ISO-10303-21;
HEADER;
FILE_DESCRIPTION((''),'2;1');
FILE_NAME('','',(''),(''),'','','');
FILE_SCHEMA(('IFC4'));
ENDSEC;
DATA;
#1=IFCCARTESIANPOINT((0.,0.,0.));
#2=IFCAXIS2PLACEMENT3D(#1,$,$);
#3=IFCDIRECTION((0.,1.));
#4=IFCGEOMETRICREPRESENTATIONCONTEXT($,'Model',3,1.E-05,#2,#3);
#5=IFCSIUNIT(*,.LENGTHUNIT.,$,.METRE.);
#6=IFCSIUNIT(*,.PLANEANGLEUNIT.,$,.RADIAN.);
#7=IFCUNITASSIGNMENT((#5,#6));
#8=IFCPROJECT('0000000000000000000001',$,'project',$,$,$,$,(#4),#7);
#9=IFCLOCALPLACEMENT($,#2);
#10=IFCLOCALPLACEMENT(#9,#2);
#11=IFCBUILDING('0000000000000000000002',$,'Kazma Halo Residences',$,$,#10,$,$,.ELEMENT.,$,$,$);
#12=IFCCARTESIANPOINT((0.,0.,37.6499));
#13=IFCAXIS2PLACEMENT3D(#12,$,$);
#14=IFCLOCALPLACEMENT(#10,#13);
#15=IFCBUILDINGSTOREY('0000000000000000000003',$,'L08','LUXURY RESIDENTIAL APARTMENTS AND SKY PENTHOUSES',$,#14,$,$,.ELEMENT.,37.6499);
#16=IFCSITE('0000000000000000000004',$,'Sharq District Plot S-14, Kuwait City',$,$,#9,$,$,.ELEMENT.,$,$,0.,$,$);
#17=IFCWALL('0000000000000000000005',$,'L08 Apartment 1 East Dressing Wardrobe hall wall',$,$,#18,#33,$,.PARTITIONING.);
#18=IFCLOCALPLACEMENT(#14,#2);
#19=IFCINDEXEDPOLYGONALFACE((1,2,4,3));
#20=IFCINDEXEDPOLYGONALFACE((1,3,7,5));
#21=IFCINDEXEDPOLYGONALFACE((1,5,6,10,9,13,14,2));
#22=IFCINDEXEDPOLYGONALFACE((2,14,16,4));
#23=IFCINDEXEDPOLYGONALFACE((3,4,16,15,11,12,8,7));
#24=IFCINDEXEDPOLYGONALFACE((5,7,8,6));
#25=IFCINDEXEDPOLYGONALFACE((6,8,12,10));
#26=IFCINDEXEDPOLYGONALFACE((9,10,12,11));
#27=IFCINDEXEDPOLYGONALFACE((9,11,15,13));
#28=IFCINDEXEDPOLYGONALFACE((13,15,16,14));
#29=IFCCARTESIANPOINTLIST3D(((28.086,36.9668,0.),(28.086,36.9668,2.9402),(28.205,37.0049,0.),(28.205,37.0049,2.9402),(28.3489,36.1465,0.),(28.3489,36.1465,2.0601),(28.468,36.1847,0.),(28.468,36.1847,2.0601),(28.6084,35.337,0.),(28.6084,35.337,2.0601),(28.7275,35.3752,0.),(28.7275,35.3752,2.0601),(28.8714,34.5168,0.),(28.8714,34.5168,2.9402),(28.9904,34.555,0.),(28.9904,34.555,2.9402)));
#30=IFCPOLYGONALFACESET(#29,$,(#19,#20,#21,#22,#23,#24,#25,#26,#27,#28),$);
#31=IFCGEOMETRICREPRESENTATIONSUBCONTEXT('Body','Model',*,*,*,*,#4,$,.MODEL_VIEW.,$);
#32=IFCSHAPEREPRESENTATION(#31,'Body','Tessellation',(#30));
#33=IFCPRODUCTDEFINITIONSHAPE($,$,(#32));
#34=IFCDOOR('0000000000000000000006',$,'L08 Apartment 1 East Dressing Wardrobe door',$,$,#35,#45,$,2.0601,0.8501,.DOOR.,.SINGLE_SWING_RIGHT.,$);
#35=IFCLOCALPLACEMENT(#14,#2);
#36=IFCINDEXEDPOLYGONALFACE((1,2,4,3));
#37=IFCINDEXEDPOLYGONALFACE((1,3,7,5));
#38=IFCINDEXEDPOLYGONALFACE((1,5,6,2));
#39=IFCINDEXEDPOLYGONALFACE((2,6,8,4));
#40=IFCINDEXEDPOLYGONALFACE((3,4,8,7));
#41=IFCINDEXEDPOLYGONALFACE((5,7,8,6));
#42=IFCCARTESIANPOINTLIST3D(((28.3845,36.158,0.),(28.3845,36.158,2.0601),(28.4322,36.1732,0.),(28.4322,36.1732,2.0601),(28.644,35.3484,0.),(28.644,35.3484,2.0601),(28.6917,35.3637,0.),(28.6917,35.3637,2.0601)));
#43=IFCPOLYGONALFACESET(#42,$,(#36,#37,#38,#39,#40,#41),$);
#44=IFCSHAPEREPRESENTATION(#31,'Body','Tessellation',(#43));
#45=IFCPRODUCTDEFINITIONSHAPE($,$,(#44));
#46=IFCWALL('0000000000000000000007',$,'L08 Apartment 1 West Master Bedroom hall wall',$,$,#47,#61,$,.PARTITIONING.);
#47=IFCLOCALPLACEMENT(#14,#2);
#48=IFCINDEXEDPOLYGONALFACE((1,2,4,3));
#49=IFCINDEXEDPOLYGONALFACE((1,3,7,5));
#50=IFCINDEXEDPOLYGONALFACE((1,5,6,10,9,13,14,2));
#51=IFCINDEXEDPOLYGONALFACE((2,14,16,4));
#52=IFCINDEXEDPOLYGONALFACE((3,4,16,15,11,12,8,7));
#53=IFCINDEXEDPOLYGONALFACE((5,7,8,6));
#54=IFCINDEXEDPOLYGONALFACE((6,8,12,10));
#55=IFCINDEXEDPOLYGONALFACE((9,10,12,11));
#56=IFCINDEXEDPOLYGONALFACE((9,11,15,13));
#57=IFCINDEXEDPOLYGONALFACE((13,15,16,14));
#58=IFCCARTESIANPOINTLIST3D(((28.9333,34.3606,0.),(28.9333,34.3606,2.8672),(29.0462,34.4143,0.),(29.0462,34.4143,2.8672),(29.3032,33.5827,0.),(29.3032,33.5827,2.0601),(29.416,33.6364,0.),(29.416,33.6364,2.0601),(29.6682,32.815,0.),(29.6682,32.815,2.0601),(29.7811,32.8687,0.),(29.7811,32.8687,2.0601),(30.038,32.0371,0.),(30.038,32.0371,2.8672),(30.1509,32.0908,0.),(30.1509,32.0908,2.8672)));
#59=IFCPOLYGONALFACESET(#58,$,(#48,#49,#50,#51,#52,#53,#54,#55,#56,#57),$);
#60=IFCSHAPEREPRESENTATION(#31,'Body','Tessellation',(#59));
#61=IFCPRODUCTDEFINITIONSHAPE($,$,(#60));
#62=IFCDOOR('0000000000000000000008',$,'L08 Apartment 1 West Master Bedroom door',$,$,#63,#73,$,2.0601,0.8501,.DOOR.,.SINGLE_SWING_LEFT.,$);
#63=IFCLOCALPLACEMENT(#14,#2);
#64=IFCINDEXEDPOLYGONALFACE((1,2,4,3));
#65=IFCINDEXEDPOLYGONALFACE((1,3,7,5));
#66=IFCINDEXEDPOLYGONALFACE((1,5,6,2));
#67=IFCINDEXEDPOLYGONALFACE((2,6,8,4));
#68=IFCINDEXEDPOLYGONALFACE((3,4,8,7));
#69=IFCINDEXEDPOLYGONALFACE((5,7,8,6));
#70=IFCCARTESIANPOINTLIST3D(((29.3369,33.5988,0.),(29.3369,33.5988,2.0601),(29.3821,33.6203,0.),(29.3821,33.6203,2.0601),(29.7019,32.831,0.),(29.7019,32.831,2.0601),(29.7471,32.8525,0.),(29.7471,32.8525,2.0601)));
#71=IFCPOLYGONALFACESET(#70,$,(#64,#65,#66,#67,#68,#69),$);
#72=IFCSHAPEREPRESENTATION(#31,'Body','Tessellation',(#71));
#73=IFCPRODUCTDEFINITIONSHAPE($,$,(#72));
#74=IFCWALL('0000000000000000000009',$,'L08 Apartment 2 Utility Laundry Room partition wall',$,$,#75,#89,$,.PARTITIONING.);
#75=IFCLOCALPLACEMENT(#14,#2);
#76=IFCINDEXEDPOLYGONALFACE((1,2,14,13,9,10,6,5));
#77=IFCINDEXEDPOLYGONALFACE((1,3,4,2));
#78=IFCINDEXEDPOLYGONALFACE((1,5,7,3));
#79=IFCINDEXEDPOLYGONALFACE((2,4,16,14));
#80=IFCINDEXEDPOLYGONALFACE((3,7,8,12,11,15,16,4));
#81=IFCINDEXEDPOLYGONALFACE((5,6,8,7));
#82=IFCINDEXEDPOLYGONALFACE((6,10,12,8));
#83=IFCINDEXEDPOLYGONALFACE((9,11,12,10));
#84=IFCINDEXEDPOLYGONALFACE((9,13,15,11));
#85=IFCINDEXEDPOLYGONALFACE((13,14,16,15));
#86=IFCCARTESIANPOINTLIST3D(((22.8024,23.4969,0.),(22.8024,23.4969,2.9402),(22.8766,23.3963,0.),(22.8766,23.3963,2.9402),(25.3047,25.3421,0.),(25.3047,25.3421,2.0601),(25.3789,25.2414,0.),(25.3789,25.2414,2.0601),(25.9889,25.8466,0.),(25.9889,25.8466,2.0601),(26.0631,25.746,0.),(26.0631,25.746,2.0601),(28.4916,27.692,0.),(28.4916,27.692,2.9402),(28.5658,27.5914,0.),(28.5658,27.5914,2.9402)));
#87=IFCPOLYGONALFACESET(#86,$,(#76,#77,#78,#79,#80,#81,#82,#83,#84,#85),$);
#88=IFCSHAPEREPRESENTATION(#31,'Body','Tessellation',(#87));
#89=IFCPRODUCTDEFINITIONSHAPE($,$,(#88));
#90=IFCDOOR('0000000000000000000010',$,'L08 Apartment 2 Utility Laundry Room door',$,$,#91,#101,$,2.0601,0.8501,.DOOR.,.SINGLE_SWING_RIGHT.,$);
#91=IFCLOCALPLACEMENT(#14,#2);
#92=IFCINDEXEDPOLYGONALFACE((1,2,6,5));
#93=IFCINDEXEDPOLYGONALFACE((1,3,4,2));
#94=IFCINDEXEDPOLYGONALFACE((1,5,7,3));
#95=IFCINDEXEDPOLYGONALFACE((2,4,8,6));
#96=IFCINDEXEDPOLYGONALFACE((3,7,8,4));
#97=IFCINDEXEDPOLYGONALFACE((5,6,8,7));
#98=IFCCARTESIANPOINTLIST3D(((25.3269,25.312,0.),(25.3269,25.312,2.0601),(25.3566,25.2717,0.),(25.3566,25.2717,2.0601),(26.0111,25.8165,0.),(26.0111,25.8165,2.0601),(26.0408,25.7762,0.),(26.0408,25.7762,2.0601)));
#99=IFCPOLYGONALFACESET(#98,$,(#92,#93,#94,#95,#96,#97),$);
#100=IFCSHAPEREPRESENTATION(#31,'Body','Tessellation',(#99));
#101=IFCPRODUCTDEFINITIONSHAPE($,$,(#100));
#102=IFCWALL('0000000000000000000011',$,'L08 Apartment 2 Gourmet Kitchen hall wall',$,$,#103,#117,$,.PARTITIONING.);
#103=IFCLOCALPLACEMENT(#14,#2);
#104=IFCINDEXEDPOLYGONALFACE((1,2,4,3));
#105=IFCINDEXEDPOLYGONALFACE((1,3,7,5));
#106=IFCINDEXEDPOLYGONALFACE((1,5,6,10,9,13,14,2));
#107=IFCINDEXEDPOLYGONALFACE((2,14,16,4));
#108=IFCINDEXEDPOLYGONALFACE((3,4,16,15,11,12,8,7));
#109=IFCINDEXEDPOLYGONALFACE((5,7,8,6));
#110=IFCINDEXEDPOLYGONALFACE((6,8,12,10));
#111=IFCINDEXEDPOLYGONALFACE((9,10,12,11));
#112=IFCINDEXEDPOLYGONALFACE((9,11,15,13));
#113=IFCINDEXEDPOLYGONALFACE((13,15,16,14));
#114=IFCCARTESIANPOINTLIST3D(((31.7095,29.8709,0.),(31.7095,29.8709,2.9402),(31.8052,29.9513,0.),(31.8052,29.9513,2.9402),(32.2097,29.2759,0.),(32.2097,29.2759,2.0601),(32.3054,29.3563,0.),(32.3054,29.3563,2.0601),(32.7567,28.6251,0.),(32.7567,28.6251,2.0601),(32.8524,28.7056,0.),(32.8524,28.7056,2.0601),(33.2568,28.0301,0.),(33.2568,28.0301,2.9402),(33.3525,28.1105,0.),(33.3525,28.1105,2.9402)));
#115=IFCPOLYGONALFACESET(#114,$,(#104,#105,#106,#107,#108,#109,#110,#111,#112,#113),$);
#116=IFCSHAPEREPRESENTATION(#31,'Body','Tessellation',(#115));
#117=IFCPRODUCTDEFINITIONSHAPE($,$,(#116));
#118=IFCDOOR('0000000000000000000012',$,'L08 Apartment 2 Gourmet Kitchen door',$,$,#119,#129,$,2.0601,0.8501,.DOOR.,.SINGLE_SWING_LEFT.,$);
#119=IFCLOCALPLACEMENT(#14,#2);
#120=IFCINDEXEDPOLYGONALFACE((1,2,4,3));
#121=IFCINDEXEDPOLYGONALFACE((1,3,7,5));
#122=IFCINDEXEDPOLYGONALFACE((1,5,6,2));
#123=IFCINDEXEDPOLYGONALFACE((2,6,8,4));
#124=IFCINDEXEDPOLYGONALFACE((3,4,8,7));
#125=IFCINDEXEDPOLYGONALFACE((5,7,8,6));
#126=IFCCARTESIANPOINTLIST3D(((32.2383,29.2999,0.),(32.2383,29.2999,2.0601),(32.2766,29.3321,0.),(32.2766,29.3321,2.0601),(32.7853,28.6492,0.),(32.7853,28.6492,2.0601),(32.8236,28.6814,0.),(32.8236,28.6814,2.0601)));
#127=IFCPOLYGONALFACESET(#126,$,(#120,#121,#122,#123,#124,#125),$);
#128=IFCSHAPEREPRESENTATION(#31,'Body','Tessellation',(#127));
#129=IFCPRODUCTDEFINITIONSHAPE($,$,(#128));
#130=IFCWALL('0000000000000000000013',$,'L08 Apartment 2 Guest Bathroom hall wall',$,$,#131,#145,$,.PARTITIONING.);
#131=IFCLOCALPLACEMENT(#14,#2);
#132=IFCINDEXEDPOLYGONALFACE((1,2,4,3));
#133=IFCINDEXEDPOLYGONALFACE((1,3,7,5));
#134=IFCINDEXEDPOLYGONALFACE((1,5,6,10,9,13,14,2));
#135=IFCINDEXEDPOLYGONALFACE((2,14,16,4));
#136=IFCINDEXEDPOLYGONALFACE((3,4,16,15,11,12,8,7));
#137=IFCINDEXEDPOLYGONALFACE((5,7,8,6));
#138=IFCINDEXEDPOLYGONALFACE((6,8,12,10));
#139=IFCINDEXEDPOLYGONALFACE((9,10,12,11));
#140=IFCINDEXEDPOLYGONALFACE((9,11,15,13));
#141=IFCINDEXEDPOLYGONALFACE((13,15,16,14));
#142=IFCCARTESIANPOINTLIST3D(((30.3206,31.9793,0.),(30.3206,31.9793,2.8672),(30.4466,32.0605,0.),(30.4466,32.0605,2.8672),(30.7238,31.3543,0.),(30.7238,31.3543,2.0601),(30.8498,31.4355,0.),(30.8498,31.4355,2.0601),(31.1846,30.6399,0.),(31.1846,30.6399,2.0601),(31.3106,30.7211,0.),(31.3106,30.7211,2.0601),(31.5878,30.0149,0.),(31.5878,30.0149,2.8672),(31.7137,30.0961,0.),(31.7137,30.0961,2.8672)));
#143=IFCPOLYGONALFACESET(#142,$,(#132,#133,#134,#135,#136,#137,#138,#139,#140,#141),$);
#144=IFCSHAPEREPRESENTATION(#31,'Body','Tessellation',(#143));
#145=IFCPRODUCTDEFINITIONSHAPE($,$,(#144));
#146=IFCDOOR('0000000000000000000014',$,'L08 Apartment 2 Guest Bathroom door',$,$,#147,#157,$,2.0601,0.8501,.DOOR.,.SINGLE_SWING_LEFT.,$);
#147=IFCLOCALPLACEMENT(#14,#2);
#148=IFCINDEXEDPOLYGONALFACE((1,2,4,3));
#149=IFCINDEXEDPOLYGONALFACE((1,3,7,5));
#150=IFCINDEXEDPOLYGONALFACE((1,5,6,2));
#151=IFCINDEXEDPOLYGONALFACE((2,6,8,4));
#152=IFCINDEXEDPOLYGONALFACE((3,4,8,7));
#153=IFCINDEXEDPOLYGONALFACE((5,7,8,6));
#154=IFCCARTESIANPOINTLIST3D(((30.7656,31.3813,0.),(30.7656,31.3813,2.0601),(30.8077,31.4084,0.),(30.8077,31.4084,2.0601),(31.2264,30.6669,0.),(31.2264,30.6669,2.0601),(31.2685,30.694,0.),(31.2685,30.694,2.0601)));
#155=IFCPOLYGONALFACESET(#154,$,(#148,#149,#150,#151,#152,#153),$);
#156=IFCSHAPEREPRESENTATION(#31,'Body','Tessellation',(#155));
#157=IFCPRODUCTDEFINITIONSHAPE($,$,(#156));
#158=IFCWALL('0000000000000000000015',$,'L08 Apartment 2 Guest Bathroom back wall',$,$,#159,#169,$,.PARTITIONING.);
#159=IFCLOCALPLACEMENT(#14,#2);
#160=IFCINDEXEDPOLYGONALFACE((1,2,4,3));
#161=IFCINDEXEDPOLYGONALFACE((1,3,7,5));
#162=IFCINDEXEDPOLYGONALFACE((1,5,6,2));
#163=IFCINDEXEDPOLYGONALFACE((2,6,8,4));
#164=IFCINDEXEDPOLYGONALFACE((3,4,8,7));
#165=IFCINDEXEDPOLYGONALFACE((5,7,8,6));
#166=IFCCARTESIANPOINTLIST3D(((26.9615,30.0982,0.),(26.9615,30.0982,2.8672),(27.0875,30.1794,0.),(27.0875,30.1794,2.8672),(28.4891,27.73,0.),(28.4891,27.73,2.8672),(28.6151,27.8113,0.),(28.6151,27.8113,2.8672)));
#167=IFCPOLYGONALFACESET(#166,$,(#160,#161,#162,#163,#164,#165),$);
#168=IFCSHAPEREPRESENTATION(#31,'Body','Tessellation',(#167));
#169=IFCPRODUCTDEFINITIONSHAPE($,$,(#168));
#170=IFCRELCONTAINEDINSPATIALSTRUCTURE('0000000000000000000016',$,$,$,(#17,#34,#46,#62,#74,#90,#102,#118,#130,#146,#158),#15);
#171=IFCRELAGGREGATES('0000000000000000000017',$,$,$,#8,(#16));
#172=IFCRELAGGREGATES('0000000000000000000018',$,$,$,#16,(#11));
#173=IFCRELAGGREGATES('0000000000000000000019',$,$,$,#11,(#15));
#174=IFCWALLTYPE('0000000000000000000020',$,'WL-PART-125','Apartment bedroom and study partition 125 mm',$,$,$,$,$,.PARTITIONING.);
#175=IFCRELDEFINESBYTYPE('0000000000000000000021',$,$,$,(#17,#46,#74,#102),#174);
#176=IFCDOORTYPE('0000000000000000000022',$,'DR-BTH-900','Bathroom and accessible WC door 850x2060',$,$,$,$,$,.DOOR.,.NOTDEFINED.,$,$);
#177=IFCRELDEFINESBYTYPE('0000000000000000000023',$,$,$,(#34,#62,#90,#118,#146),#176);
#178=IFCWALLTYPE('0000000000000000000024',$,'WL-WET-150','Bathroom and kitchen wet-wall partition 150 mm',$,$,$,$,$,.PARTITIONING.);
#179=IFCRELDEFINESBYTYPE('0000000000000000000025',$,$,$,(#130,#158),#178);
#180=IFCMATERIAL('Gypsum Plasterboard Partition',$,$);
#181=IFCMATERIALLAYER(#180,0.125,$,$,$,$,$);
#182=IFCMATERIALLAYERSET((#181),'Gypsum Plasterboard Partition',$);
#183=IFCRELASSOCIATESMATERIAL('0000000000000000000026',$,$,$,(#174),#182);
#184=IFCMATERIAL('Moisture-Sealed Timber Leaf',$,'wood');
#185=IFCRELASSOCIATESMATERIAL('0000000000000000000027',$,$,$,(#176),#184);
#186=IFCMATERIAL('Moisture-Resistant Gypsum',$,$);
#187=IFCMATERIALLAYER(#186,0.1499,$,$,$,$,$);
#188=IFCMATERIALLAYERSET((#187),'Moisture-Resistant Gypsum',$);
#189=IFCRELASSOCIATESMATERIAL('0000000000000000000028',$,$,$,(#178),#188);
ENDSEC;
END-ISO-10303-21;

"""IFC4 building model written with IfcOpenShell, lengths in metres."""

from ifc_helpers import new_model, si_unit, direction, frame, frame_2d, origin, place, context, subcontext, project, spatial, rectangle, extrude, material, layer, layer_set, type_object, element, fill, save


model = new_model("IFC4")

# Units and contexts
model_context = context("Model", 3, precision=1e-05, world=origin(), true_north=direction((0.0, 1.0)))
body_context = subcontext(model_context, "Body", "Model", "MODEL_VIEW")
ifc_project = project(units=[si_unit("LENGTHUNIT", "METRE"), si_unit("PLANEANGLEUNIT", "RADIAN")], contexts=[model_context])

# Site, building, storey
site_placement = place(None, origin())
site = spatial("IfcSite", under=ifc_project, at=site_placement, Name="Sharq District Plot S-14, Kuwait City", CompositionType="ELEMENT", RefElevation=0.0)
building_placement = place(site_placement, origin())
building = spatial("IfcBuilding", under=site, at=building_placement, Name="Kazma Halo Residences", CompositionType="ELEMENT")
storey_placement = place(building_placement, frame((0.0, 0.0, 37.6499)))
storey = spatial("IfcBuildingStorey", under=building, at=storey_placement, Name="L08", Description="LUXURY RESIDENTIAL APARTMENTS AND SKY PENTHOUSES", CompositionType="ELEMENT", Elevation=37.6499)

# Shared definitions
ifc_material_1 = material(Name="Gypsum Plasterboard Partition")
ifc_layer_1 = layer(ifc_material_1, 0.125)
ifc_layer_set_1 = layer_set([ifc_layer_1], Name="Gypsum Plasterboard Partition")
wall_type_1 = type_object("IfcWallType", Name="WL-PART-125", Description="Apartment bedroom and study partition 125 mm", PredefinedType="PARTITIONING", material=ifc_layer_set_1)

# Walls, openings, doors
wall_1_placement = place(storey_placement, frame((28.1455, 36.9858, 0.0), z_axis=(0.0, 0.0, 1.0), x_axis=(0.305275, -0.952264, 0.0)))
wall_1 = element("IfcWall", 1, at=wall_1_placement, inside=storey, type_object=wall_type_1, Name="L08 Apartment 1 East Dressing Wardrobe hall wall", PredefinedType="PARTITIONING", context=body_context, shape_type="SweptSolid", body=[
    extrude(rectangle(XDim=2.5728, YDim=0.125, at=frame_2d((1.2864, 0.0))), origin(), (0.0, 0.0, 1.0), 2.9402),
])
opening_1_placement = place(wall_1_placement, frame((0.8613, 0.0, 0.0)))
opening_1 = element("IfcOpeningElement", 2, at=opening_1_placement, cuts=wall_1, PredefinedType="OPENING", context=body_context, shape_type="SweptSolid", body=[
    extrude(rectangle(XDim=0.8501, YDim=2.0601, at=frame_2d((0.425, 1.03))), frame((0.0, 0.0725, 0.0), z_axis=(0.0, -1.0, 0.0), x_axis=(1.0, 0.0, 0.0)), (0.0, 0.0, 1.0), 0.145),
])
ifc_material_2 = material(Name="Moisture-Sealed Timber Leaf", Category="wood")
door_type = type_object("IfcDoorType", Name="DR-BTH-900", Description="Bathroom and accessible WC door 850x2060", OperationType="NOTDEFINED", PredefinedType="DOOR", material=ifc_material_2)
door_1_placement = place(opening_1_placement, origin())
door_1 = element("IfcDoor", 3, at=door_1_placement, inside=storey, type_object=door_type, Name="L08 Apartment 1 East Dressing Wardrobe door", OperationType="SINGLE_SWING_RIGHT", OverallHeight=2.0601, OverallWidth=0.8501, PredefinedType="DOOR", context=body_context, shape_type="SweptSolid", body=[
    extrude(rectangle(XDim=0.8501, YDim=2.0601, at=frame_2d((0.425, 1.03))), frame((0.0, 0.0249, 0.0), z_axis=(0.0, -1.0, 0.0), x_axis=(1.0, 0.0, 0.0)), (0.0, 0.0, 1.0), 0.05),
])
fill(opening_1, door_1)
wall_2_placement = place(storey_placement, frame((28.9897, 34.3875, 0.0), z_axis=(0.0, 0.0, 1.0), x_axis=(0.429399, -0.903115, 0.0)))
wall_2 = element("IfcWall", 4, at=wall_2_placement, inside=storey, type_object=wall_type_1, Name="L08 Apartment 1 West Master Bedroom hall wall", PredefinedType="PARTITIONING", context=body_context, shape_type="SweptSolid", body=[
    extrude(rectangle(XDim=2.5728, YDim=0.125, at=frame_2d((1.2864, 0.0))), origin(), (0.0, 0.0, 1.0), 2.8672),
])
opening_2_placement = place(wall_2_placement, frame((0.8613, 0.0, 0.0)))
opening_2 = element("IfcOpeningElement", 5, at=opening_2_placement, cuts=wall_2, PredefinedType="OPENING", context=body_context, shape_type="SweptSolid", body=[
    extrude(rectangle(XDim=0.8501, YDim=2.0601, at=frame_2d((0.425, 1.03))), frame((0.0, 0.0725, 0.0), z_axis=(0.0, -1.0, 0.0), x_axis=(1.0, 0.0, 0.0)), (0.0, 0.0, 1.0), 0.145),
])
door_2_placement = place(opening_2_placement, origin())
door_2 = element("IfcDoor", 6, at=door_2_placement, inside=storey, type_object=door_type, Name="L08 Apartment 1 West Master Bedroom door", OperationType="SINGLE_SWING_LEFT", OverallHeight=2.0601, OverallWidth=0.8501, PredefinedType="DOOR", context=body_context, shape_type="SweptSolid", body=[
    extrude(rectangle(XDim=0.8501, YDim=2.0601, at=frame_2d((0.425, 1.03))), frame((0.0, 0.0249, 0.0), z_axis=(0.0, -1.0, 0.0), x_axis=(1.0, 0.0, 0.0)), (0.0, 0.0, 1.0), 0.05),
])
fill(opening_2, door_2)
wall_3_placement = place(storey_placement, frame((28.5286, 27.6416, 0.0), z_axis=(0.0, 0.0, 1.0), x_axis=(-0.804852, -0.593476, 0.0)))
wall_3 = element("IfcWall", 7, at=wall_3_placement, inside=storey, type_object=wall_type_1, Name="L08 Apartment 2 Utility Laundry Room partition wall", PredefinedType="PARTITIONING", context=body_context, shape_type="SweptSolid", body=[
    extrude(rectangle(XDim=7.0686, YDim=0.125, at=frame_2d((3.5342, 0.0))), origin(), (0.0, 0.0, 1.0), 2.9402),
])
opening_3_placement = place(wall_3_placement, frame((3.1094, 0.0, 0.0)))
opening_3 = element("IfcOpeningElement", 8, at=opening_3_placement, cuts=wall_3, PredefinedType="OPENING", context=body_context, shape_type="SweptSolid", body=[
    extrude(rectangle(XDim=0.8501, YDim=2.0601, at=frame_2d((0.425, 1.03))), frame((0.0, 0.0725, 0.0), z_axis=(0.0, -1.0, 0.0), x_axis=(1.0, 0.0, 0.0)), (0.0, 0.0, 1.0), 0.145),
])
door_3_placement = place(opening_3_placement, origin())
door_3 = element("IfcDoor", 9, at=door_3_placement, inside=storey, type_object=door_type, Name="L08 Apartment 2 Utility Laundry Room door", OperationType="SINGLE_SWING_RIGHT", OverallHeight=2.0601, OverallWidth=0.8501, PredefinedType="DOOR", context=body_context, shape_type="SweptSolid", body=[
    extrude(rectangle(XDim=0.8501, YDim=2.0601, at=frame_2d((0.425, 1.03))), frame((0.0, 0.0249, 0.0), z_axis=(0.0, -1.0, 0.0), x_axis=(1.0, 0.0, 0.0)), (0.0, 0.0, 1.0), 0.05),
])
fill(opening_3, door_3)
wall_4_placement = place(storey_placement, frame((31.7573, 29.9111, 0.0), z_axis=(0.0, 0.0, 1.0), x_axis=(0.643454, -0.765485, 0.0)))
wall_4 = element("IfcWall", 10, at=wall_4_placement, inside=storey, type_object=wall_type_1, Name="L08 Apartment 2 Gourmet Kitchen hall wall", PredefinedType="PARTITIONING", context=body_context, shape_type="SweptSolid", body=[
    extrude(rectangle(XDim=2.4048, YDim=0.125, at=frame_2d((1.2024, 0.0))), origin(), (0.0, 0.0, 1.0), 2.9402),
])
opening_4_placement = place(wall_4_placement, frame((0.7773, 0.0, 0.0)))
opening_4 = element("IfcOpeningElement", 11, at=opening_4_placement, cuts=wall_4, PredefinedType="OPENING", context=body_context, shape_type="SweptSolid", body=[
    extrude(rectangle(XDim=0.8501, YDim=2.0601, at=frame_2d((0.425, 1.03))), frame((0.0, 0.0725, 0.0), z_axis=(0.0, -1.0, 0.0), x_axis=(1.0, 0.0, 0.0)), (0.0, 0.0, 1.0), 0.145),
])
door_4_placement = place(opening_4_placement, origin())
door_4 = element("IfcDoor", 12, at=door_4_placement, inside=storey, type_object=door_type, Name="L08 Apartment 2 Gourmet Kitchen door", OperationType="SINGLE_SWING_LEFT", OverallHeight=2.0601, OverallWidth=0.8501, PredefinedType="DOOR", context=body_context, shape_type="SweptSolid", body=[
    extrude(rectangle(XDim=0.8501, YDim=2.0601, at=frame_2d((0.425, 1.03))), frame((0.0, 0.0249, 0.0), z_axis=(0.0, -1.0, 0.0), x_axis=(1.0, 0.0, 0.0)), (0.0, 0.0, 1.0), 0.05),
])
fill(opening_4, door_4)
ifc_material_3 = material(Name="Moisture-Resistant Gypsum")
ifc_layer_2 = layer(ifc_material_3, 0.1499)
ifc_layer_set_2 = layer_set([ifc_layer_2], Name="Moisture-Resistant Gypsum")
wall_type_2 = type_object("IfcWallType", Name="WL-WET-150", Description="Bathroom and kitchen wet-wall partition 150 mm", PredefinedType="PARTITIONING", material=ifc_layer_set_2)
wall_5_placement = place(storey_placement, frame((30.3835, 32.02, 0.0), z_axis=(0.0, 0.0, 1.0), x_axis=(0.542056, -0.840343, 0.0)))
wall_5 = element("IfcWall", 13, at=wall_5_placement, inside=storey, type_object=wall_type_2, Name="L08 Apartment 2 Guest Bathroom hall wall", PredefinedType="PARTITIONING", context=body_context, shape_type="SweptSolid", body=[
    extrude(rectangle(XDim=2.3376, YDim=0.1499, at=frame_2d((1.1689, 0.0))), origin(), (0.0, 0.0, 1.0), 2.8672),
])
opening_5_placement = place(wall_5_placement, frame((0.7439, 0.0, 0.0)))
opening_5 = element("IfcOpeningElement", 14, at=opening_5_placement, cuts=wall_5, PredefinedType="OPENING", context=body_context, shape_type="SweptSolid", body=[
    extrude(rectangle(XDim=0.8501, YDim=2.0601, at=frame_2d((0.425, 1.03))), frame((0.0, 0.085, 0.0), z_axis=(0.0, -1.0, 0.0), x_axis=(1.0, 0.0, 0.0)), (0.0, 0.0, 1.0), 0.1699),
])
door_5_placement = place(opening_5_placement, origin())
door_5 = element("IfcDoor", 15, at=door_5_placement, inside=storey, type_object=door_type, Name="L08 Apartment 2 Guest Bathroom door", OperationType="SINGLE_SWING_LEFT", OverallHeight=2.0601, OverallWidth=0.8501, PredefinedType="DOOR", context=body_context, shape_type="SweptSolid", body=[
    extrude(rectangle(XDim=0.8501, YDim=2.0601, at=frame_2d((0.425, 1.03))), frame((0.0, 0.0249, 0.0), z_axis=(0.0, -1.0, 0.0), x_axis=(1.0, 0.0, 0.0)), (0.0, 0.0, 1.0), 0.05),
])
fill(opening_5, door_5)

# Wall
wall_6_placement = place(storey_placement, frame((27.0244, 30.1389, 0.0), z_axis=(0.0, 0.0, 1.0), x_axis=(0.542062, -0.840339, 0.0)))
element("IfcWall", 16, at=wall_6_placement, inside=storey, type_object=wall_type_2, Name="L08 Apartment 2 Guest Bathroom back wall", PredefinedType="PARTITIONING", context=body_context, shape_type="SweptSolid", body=[
    extrude(rectangle(XDim=2.8181, YDim=0.1499, at=frame_2d((1.4092, 0.0))), origin(), (0.0, 0.0, 1.0), 2.8672),
])

save(model, "model.ifc")
